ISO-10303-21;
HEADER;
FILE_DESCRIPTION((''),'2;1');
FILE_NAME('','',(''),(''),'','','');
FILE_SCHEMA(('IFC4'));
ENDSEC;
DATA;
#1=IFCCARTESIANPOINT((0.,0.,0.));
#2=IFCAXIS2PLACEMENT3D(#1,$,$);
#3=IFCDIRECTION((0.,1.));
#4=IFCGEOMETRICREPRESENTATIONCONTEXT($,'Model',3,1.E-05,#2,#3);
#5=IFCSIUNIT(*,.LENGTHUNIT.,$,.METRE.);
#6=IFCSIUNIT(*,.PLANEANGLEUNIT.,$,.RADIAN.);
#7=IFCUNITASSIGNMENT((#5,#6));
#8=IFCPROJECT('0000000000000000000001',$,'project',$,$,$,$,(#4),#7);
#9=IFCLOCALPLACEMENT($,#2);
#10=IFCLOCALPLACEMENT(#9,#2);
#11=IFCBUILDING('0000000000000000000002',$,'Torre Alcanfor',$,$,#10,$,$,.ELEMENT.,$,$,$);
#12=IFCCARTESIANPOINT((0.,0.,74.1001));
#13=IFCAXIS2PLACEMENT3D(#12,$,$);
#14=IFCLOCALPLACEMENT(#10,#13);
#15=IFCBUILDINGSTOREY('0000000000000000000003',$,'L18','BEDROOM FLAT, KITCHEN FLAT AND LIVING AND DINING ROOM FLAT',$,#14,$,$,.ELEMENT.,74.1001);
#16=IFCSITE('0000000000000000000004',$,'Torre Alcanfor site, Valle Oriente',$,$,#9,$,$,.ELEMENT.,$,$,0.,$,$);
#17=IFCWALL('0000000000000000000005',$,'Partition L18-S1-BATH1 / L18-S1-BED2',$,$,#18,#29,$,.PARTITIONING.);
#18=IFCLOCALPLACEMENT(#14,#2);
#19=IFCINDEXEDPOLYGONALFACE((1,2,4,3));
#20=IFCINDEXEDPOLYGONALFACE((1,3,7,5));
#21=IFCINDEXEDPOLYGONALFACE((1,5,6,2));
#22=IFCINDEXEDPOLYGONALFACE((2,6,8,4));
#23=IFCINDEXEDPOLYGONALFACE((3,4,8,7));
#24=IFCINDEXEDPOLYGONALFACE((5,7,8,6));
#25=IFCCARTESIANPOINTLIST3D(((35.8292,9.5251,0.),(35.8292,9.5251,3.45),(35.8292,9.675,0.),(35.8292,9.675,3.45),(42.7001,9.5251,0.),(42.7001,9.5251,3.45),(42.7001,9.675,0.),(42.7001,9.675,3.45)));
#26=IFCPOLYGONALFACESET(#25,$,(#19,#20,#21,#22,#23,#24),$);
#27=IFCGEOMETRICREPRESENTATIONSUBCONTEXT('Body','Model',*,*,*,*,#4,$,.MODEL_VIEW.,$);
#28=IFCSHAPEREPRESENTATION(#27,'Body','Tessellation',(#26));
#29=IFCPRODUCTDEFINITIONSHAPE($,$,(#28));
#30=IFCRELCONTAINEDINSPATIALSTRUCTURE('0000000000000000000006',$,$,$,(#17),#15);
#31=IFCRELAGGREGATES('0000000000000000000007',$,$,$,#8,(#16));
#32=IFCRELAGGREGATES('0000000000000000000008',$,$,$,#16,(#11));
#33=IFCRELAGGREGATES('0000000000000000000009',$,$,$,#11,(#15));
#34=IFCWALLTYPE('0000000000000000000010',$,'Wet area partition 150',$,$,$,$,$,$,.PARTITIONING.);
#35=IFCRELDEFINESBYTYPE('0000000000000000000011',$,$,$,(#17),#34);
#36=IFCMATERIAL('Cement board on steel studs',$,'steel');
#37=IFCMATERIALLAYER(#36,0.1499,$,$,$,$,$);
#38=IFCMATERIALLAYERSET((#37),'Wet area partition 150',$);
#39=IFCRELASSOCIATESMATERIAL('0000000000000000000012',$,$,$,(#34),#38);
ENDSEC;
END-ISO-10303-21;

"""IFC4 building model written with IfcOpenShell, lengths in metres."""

from ifc_helpers import new_model, si_unit, direction, frame, frame_2d, origin, place, context, subcontext, project, spatial, rectangle, extrude, material, layer, layer_set, type_object, element, save


model = new_model("IFC4")

# Units and contexts
model_context = context("Model", 3, precision=1e-05, world=origin(), true_north=direction((0.0, 1.0)))
body_context = subcontext(model_context, "Body", "Model", "MODEL_VIEW")
ifc_project = project(units=[si_unit("LENGTHUNIT", "METRE"), si_unit("PLANEANGLEUNIT", "RADIAN")], contexts=[model_context])

# Site, building, storey
site_placement = place(None, origin())
site = spatial("IfcSite", under=ifc_project, at=site_placement, Name="Torre Alcanfor site, Valle Oriente", CompositionType="ELEMENT", RefElevation=0.0)
building_placement = place(site_placement, origin())
building = spatial("IfcBuilding", under=site, at=building_placement, Name="Torre Alcanfor", CompositionType="ELEMENT")
storey_placement = place(building_placement, frame((0.0, 0.0, 74.1001)))
storey = spatial("IfcBuildingStorey", under=building, at=storey_placement, Name="L18", Description="BEDROOM FLAT, KITCHEN FLAT AND LIVING AND DINING ROOM FLAT", CompositionType="ELEMENT", Elevation=74.1001)

# Shared definitions
ifc_material_1 = material(Name="Cement board on steel studs", Category="steel")
ifc_layer_1 = layer(ifc_material_1, 0.1499)
ifc_layer_set_1 = layer_set([ifc_layer_1], Name="Wet area partition 150")
wall_type_1 = type_object("IfcWallType", Name="Wet area partition 150", PredefinedType="PARTITIONING", material=ifc_layer_set_1)

# Wall
for number, where, z_axis, x_axis, name in (
    (1, (35.8291, 9.6001, 0.0), (0.0, 0.0, 1.0), (1.0, 0.0, 0.0), "Partition L18-S1-BATH1 / L18-S1-BED2"),
):
    element("IfcWall", number, at=place(storey_placement, frame(where, z_axis=z_axis, x_axis=x_axis)), inside=storey, type_object=wall_type_1, Name=name, PredefinedType="PARTITIONING", context=body_context, shape_type="SweptSolid", body=[
        extrude(rectangle(XDim=6.8708, YDim=0.1499, at=frame_2d((3.4355, 0.0))), origin(), (0.0, 0.0, 1.0), 3.45),
    ])

save(model, "model.ifc")
